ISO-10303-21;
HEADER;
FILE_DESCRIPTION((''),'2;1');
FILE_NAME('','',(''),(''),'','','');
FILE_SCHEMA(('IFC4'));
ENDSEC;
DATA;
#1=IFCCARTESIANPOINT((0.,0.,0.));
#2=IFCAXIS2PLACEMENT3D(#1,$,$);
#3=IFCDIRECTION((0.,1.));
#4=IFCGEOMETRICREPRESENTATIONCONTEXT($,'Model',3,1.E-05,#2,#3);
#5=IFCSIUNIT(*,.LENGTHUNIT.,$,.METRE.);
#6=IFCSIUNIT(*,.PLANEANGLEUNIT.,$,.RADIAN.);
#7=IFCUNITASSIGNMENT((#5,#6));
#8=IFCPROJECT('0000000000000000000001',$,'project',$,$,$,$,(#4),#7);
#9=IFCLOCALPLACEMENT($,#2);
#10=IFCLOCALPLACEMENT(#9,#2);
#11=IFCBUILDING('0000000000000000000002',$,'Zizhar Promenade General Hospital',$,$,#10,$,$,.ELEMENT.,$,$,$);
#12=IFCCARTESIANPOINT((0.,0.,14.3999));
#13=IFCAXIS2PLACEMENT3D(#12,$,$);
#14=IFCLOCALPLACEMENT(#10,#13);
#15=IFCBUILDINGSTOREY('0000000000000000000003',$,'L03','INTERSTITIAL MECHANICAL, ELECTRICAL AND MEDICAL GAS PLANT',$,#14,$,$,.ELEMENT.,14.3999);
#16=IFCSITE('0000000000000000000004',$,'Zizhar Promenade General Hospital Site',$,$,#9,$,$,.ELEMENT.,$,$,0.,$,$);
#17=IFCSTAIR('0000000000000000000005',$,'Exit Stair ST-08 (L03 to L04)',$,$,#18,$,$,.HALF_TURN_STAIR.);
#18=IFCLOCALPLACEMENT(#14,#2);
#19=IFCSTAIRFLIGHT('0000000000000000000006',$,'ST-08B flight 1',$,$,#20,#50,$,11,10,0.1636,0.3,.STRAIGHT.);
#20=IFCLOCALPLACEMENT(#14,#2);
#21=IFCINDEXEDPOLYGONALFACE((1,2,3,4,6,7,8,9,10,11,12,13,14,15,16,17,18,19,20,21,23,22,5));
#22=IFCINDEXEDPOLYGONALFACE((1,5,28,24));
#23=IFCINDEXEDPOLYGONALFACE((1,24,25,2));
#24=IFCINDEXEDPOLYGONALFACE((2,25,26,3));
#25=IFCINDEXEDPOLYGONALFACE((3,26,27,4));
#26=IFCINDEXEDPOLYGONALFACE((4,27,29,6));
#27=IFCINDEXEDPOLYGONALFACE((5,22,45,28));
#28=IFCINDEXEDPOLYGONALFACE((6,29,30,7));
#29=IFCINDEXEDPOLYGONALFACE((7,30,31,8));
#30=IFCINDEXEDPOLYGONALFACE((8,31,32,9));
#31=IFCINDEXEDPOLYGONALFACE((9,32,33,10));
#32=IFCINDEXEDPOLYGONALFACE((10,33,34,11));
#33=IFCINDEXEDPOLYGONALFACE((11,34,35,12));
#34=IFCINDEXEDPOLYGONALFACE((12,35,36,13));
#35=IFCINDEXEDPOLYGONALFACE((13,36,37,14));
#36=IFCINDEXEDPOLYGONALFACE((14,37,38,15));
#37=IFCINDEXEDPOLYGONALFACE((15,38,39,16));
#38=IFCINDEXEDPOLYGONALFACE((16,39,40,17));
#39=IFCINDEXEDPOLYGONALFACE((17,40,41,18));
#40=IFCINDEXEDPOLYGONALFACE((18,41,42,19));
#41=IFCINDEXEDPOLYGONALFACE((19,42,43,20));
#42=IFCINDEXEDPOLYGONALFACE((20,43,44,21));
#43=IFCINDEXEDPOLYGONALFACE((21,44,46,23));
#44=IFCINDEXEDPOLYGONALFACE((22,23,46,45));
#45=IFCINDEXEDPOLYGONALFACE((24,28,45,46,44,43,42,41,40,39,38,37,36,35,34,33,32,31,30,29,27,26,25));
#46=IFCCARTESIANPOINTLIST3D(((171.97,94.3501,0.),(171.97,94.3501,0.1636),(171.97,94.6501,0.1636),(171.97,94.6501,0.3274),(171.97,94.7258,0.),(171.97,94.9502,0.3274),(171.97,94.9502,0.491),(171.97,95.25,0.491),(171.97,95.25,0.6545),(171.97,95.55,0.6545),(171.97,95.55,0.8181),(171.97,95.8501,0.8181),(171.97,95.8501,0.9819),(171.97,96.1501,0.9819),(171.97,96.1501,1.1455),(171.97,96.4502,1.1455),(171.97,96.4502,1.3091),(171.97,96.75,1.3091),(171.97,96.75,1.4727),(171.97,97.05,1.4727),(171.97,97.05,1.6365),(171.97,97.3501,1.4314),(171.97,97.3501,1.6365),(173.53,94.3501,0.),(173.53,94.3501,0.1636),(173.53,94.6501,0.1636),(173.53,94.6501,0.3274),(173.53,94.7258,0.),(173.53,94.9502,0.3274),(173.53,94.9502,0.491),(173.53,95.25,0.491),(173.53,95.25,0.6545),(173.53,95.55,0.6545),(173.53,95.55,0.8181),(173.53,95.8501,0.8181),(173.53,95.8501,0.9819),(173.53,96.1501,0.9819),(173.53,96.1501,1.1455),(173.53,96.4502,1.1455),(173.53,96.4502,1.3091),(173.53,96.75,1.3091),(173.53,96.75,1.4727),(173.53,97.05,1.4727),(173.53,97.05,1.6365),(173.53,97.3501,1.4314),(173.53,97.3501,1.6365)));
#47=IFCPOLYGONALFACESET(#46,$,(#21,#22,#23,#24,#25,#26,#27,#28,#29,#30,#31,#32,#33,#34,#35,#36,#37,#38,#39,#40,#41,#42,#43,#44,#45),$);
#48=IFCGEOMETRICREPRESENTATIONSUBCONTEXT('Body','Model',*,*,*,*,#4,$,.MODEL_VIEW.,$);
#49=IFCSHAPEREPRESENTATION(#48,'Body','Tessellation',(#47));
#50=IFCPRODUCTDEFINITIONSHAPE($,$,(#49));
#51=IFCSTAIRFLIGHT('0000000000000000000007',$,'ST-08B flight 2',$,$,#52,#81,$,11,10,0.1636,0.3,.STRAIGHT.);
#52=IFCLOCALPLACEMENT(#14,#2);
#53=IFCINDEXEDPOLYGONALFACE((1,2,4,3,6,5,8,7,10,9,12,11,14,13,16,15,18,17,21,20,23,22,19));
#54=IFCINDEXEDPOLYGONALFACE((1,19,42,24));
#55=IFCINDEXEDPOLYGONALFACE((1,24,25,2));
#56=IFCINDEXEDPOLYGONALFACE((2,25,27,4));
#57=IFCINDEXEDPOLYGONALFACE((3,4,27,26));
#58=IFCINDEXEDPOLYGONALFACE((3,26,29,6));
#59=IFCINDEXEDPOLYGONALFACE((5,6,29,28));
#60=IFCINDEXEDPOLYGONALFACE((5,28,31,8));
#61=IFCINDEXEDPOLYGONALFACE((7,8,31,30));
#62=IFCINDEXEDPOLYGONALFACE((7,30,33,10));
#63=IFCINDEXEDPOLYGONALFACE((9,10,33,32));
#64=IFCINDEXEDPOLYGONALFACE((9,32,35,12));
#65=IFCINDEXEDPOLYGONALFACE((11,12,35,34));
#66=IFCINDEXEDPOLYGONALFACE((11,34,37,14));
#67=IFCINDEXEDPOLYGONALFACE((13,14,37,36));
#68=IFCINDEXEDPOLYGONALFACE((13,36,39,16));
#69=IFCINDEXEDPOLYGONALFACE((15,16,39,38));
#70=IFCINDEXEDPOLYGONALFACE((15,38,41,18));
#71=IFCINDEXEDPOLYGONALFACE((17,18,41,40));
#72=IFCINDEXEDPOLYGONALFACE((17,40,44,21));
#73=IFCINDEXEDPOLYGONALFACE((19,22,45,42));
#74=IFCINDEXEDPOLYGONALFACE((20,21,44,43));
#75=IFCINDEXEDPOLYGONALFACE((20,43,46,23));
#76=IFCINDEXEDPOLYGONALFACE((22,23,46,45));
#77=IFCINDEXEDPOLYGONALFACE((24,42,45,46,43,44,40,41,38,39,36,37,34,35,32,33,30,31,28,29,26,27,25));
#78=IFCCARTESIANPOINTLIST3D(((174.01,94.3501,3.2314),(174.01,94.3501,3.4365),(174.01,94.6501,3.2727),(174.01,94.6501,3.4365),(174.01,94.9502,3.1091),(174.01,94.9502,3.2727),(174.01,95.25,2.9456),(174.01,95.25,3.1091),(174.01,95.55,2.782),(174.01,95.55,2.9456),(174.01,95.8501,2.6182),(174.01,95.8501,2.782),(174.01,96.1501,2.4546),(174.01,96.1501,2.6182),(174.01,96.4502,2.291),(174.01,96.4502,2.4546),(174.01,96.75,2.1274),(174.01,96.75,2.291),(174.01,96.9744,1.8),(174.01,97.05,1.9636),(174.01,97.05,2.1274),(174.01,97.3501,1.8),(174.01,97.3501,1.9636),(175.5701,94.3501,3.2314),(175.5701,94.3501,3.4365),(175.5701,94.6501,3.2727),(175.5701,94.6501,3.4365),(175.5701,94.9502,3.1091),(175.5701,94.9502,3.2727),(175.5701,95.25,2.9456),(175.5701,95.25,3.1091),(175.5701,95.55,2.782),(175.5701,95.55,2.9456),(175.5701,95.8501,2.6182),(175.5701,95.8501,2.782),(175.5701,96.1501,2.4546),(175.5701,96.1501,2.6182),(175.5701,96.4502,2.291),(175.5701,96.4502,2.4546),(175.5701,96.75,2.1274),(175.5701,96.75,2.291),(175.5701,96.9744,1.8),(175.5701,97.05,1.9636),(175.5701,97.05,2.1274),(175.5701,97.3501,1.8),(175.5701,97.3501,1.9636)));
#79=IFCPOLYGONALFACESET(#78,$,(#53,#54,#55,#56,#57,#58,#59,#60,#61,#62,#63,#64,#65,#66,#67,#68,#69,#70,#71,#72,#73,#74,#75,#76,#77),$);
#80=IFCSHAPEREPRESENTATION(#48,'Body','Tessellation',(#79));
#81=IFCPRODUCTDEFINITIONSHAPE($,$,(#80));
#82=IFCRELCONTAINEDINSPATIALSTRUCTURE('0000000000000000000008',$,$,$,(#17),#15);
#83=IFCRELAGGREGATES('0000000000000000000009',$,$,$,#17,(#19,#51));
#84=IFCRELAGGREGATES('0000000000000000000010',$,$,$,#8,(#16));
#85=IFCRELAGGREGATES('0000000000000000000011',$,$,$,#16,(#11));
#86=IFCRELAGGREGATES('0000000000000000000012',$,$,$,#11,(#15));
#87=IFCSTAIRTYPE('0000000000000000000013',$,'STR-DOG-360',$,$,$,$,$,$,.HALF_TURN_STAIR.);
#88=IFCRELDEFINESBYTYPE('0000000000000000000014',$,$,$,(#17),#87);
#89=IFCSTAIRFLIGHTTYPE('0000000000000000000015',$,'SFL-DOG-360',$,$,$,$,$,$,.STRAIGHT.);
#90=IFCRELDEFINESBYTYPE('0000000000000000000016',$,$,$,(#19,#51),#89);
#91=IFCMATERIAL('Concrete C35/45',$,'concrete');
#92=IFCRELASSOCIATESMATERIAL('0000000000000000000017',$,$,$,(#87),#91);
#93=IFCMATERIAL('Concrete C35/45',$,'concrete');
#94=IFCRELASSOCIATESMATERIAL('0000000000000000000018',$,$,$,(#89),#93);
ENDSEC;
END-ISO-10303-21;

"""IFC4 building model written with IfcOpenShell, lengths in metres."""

from ifc_helpers import new_model, si_unit, direction, frame, origin, place, context, subcontext, project, spatial, polyline, outline, extrude, material, type_object, element, aggregate, save


model = new_model("IFC4")

# Units and contexts
model_context = context("Model", 3, precision=1e-05, world=origin(), true_north=direction((0.0, 1.0)))
body_context = subcontext(model_context, "Body", "Model", "MODEL_VIEW")
ifc_project = project(units=[si_unit("LENGTHUNIT", "METRE"), si_unit("PLANEANGLEUNIT", "RADIAN")], contexts=[model_context])

# Site, building, storey
site_placement = place(None, origin())
site = spatial("IfcSite", under=ifc_project, at=site_placement, Name="Zizhar Promenade General Hospital Site", CompositionType="ELEMENT", RefElevation=0.0)
building_placement = place(site_placement, origin())
building = spatial("IfcBuilding", under=site, at=building_placement, Name="Zizhar Promenade General Hospital", CompositionType="ELEMENT")
storey_placement = place(building_placement, frame((0.0, 0.0, 14.3999)))
storey = spatial("IfcBuildingStorey", under=building, at=storey_placement, Name="L03", Description="INTERSTITIAL MECHANICAL, ELECTRICAL AND MEDICAL GAS PLANT", CompositionType="ELEMENT", Elevation=14.3999)

# Stair, stair flights
ifc_material_1 = material(Name="Concrete C35/45", Category="concrete")
stair_type = type_object("IfcStairType", Name="STR-DOG-360", PredefinedType="HALF_TURN_STAIR", material=ifc_material_1)
stair_placement = place(storey_placement, origin())
stair = element("IfcStair", 1, at=stair_placement, inside=storey, type_object=stair_type, Name="Exit Stair ST-08 (L03 to L04)", PredefinedType="HALF_TURN_STAIR")
ifc_material_2 = material(Name="Concrete C35/45", Category="concrete")
stair_flight_type = type_object("IfcStairFlightType", Name="SFL-DOG-360", PredefinedType="STRAIGHT", material=ifc_material_2)
stair_flight_1_placement = place(storey_placement, frame((172.75, 94.3501, 0.0), z_axis=(0.0, 0.0, 1.0), x_axis=(0.0, 1.0, 0.0)))
stair_flight_1 = element("IfcStairFlight", 2, at=stair_flight_1_placement, type_object=stair_flight_type, Name="ST-08B flight 1", NumberOfRisers=11, NumberOfTreads=10, PredefinedType="STRAIGHT", RiserHeight=0.1636, TreadLength=0.3, context=body_context, shape_type="SweptSolid", body=[
    extrude(outline(polyline([(0.0, 0.0), (0.0, 0.1636), (0.3, 0.1636), (0.3, 0.3274), (0.6001, 0.3274), (0.6001, 0.491), (0.8999, 0.491), (0.8999, 0.6545), (1.2, 0.6545), (1.2, 0.8181), (1.5, 0.8181), (1.5, 0.9819), (1.8, 0.9819), (1.8, 1.1455), (2.1001, 1.1455), (2.1001, 1.3091), (2.3999, 1.3091), (2.3999, 1.4727), (2.7, 1.4727), (2.7, 1.6365), (3.0, 1.6365), (3.0, 1.8), (3.0, 1.4314), (0.3757, 0.0), (0.0, 0.0)])), frame((0.0, 0.78, 0.0), z_axis=(0.0, -1.0, 0.0), x_axis=(1.0, 0.0, 0.0)), (0.0, 0.0, 1.0), 1.5601),
])
stair_flight_2_placement = place(storey_placement, frame((174.79, 97.3501, 1.8), z_axis=(0.0, 0.0, 1.0), x_axis=(0.0, -1.0, 0.0)))
stair_flight_2 = element("IfcStairFlight", 3, at=stair_flight_2_placement, type_object=stair_flight_type, Name="ST-08B flight 2", NumberOfRisers=11, NumberOfTreads=10, PredefinedType="STRAIGHT", RiserHeight=0.1636, TreadLength=0.3, context=body_context, shape_type="SweptSolid", body=[
    extrude(outline(polyline([(0.0, 0.0), (0.0, 0.1636), (0.3, 0.1636), (0.3, 0.3274), (0.6001, 0.3274), (0.6001, 0.491), (0.8999, 0.491), (0.8999, 0.6545), (1.2, 0.6545), (1.2, 0.8181), (1.5, 0.8181), (1.5, 0.9819), (1.8, 0.9819), (1.8, 1.1455), (2.1001, 1.1455), (2.1001, 1.3091), (2.3999, 1.3091), (2.3999, 1.4727), (2.7, 1.4727), (2.7, 1.6365), (3.0, 1.6365), (3.0, 1.8), (3.0, 1.4314), (0.3757, 0.0), (0.0, 0.0)])), frame((0.0, 0.78, 0.0), z_axis=(0.0, -1.0, 0.0), x_axis=(1.0, 0.0, 0.0)), (0.0, 0.0, 1.0), 1.5601),
])
aggregate(stair, [stair_flight_1, stair_flight_2])

save(model, "model.ifc")
